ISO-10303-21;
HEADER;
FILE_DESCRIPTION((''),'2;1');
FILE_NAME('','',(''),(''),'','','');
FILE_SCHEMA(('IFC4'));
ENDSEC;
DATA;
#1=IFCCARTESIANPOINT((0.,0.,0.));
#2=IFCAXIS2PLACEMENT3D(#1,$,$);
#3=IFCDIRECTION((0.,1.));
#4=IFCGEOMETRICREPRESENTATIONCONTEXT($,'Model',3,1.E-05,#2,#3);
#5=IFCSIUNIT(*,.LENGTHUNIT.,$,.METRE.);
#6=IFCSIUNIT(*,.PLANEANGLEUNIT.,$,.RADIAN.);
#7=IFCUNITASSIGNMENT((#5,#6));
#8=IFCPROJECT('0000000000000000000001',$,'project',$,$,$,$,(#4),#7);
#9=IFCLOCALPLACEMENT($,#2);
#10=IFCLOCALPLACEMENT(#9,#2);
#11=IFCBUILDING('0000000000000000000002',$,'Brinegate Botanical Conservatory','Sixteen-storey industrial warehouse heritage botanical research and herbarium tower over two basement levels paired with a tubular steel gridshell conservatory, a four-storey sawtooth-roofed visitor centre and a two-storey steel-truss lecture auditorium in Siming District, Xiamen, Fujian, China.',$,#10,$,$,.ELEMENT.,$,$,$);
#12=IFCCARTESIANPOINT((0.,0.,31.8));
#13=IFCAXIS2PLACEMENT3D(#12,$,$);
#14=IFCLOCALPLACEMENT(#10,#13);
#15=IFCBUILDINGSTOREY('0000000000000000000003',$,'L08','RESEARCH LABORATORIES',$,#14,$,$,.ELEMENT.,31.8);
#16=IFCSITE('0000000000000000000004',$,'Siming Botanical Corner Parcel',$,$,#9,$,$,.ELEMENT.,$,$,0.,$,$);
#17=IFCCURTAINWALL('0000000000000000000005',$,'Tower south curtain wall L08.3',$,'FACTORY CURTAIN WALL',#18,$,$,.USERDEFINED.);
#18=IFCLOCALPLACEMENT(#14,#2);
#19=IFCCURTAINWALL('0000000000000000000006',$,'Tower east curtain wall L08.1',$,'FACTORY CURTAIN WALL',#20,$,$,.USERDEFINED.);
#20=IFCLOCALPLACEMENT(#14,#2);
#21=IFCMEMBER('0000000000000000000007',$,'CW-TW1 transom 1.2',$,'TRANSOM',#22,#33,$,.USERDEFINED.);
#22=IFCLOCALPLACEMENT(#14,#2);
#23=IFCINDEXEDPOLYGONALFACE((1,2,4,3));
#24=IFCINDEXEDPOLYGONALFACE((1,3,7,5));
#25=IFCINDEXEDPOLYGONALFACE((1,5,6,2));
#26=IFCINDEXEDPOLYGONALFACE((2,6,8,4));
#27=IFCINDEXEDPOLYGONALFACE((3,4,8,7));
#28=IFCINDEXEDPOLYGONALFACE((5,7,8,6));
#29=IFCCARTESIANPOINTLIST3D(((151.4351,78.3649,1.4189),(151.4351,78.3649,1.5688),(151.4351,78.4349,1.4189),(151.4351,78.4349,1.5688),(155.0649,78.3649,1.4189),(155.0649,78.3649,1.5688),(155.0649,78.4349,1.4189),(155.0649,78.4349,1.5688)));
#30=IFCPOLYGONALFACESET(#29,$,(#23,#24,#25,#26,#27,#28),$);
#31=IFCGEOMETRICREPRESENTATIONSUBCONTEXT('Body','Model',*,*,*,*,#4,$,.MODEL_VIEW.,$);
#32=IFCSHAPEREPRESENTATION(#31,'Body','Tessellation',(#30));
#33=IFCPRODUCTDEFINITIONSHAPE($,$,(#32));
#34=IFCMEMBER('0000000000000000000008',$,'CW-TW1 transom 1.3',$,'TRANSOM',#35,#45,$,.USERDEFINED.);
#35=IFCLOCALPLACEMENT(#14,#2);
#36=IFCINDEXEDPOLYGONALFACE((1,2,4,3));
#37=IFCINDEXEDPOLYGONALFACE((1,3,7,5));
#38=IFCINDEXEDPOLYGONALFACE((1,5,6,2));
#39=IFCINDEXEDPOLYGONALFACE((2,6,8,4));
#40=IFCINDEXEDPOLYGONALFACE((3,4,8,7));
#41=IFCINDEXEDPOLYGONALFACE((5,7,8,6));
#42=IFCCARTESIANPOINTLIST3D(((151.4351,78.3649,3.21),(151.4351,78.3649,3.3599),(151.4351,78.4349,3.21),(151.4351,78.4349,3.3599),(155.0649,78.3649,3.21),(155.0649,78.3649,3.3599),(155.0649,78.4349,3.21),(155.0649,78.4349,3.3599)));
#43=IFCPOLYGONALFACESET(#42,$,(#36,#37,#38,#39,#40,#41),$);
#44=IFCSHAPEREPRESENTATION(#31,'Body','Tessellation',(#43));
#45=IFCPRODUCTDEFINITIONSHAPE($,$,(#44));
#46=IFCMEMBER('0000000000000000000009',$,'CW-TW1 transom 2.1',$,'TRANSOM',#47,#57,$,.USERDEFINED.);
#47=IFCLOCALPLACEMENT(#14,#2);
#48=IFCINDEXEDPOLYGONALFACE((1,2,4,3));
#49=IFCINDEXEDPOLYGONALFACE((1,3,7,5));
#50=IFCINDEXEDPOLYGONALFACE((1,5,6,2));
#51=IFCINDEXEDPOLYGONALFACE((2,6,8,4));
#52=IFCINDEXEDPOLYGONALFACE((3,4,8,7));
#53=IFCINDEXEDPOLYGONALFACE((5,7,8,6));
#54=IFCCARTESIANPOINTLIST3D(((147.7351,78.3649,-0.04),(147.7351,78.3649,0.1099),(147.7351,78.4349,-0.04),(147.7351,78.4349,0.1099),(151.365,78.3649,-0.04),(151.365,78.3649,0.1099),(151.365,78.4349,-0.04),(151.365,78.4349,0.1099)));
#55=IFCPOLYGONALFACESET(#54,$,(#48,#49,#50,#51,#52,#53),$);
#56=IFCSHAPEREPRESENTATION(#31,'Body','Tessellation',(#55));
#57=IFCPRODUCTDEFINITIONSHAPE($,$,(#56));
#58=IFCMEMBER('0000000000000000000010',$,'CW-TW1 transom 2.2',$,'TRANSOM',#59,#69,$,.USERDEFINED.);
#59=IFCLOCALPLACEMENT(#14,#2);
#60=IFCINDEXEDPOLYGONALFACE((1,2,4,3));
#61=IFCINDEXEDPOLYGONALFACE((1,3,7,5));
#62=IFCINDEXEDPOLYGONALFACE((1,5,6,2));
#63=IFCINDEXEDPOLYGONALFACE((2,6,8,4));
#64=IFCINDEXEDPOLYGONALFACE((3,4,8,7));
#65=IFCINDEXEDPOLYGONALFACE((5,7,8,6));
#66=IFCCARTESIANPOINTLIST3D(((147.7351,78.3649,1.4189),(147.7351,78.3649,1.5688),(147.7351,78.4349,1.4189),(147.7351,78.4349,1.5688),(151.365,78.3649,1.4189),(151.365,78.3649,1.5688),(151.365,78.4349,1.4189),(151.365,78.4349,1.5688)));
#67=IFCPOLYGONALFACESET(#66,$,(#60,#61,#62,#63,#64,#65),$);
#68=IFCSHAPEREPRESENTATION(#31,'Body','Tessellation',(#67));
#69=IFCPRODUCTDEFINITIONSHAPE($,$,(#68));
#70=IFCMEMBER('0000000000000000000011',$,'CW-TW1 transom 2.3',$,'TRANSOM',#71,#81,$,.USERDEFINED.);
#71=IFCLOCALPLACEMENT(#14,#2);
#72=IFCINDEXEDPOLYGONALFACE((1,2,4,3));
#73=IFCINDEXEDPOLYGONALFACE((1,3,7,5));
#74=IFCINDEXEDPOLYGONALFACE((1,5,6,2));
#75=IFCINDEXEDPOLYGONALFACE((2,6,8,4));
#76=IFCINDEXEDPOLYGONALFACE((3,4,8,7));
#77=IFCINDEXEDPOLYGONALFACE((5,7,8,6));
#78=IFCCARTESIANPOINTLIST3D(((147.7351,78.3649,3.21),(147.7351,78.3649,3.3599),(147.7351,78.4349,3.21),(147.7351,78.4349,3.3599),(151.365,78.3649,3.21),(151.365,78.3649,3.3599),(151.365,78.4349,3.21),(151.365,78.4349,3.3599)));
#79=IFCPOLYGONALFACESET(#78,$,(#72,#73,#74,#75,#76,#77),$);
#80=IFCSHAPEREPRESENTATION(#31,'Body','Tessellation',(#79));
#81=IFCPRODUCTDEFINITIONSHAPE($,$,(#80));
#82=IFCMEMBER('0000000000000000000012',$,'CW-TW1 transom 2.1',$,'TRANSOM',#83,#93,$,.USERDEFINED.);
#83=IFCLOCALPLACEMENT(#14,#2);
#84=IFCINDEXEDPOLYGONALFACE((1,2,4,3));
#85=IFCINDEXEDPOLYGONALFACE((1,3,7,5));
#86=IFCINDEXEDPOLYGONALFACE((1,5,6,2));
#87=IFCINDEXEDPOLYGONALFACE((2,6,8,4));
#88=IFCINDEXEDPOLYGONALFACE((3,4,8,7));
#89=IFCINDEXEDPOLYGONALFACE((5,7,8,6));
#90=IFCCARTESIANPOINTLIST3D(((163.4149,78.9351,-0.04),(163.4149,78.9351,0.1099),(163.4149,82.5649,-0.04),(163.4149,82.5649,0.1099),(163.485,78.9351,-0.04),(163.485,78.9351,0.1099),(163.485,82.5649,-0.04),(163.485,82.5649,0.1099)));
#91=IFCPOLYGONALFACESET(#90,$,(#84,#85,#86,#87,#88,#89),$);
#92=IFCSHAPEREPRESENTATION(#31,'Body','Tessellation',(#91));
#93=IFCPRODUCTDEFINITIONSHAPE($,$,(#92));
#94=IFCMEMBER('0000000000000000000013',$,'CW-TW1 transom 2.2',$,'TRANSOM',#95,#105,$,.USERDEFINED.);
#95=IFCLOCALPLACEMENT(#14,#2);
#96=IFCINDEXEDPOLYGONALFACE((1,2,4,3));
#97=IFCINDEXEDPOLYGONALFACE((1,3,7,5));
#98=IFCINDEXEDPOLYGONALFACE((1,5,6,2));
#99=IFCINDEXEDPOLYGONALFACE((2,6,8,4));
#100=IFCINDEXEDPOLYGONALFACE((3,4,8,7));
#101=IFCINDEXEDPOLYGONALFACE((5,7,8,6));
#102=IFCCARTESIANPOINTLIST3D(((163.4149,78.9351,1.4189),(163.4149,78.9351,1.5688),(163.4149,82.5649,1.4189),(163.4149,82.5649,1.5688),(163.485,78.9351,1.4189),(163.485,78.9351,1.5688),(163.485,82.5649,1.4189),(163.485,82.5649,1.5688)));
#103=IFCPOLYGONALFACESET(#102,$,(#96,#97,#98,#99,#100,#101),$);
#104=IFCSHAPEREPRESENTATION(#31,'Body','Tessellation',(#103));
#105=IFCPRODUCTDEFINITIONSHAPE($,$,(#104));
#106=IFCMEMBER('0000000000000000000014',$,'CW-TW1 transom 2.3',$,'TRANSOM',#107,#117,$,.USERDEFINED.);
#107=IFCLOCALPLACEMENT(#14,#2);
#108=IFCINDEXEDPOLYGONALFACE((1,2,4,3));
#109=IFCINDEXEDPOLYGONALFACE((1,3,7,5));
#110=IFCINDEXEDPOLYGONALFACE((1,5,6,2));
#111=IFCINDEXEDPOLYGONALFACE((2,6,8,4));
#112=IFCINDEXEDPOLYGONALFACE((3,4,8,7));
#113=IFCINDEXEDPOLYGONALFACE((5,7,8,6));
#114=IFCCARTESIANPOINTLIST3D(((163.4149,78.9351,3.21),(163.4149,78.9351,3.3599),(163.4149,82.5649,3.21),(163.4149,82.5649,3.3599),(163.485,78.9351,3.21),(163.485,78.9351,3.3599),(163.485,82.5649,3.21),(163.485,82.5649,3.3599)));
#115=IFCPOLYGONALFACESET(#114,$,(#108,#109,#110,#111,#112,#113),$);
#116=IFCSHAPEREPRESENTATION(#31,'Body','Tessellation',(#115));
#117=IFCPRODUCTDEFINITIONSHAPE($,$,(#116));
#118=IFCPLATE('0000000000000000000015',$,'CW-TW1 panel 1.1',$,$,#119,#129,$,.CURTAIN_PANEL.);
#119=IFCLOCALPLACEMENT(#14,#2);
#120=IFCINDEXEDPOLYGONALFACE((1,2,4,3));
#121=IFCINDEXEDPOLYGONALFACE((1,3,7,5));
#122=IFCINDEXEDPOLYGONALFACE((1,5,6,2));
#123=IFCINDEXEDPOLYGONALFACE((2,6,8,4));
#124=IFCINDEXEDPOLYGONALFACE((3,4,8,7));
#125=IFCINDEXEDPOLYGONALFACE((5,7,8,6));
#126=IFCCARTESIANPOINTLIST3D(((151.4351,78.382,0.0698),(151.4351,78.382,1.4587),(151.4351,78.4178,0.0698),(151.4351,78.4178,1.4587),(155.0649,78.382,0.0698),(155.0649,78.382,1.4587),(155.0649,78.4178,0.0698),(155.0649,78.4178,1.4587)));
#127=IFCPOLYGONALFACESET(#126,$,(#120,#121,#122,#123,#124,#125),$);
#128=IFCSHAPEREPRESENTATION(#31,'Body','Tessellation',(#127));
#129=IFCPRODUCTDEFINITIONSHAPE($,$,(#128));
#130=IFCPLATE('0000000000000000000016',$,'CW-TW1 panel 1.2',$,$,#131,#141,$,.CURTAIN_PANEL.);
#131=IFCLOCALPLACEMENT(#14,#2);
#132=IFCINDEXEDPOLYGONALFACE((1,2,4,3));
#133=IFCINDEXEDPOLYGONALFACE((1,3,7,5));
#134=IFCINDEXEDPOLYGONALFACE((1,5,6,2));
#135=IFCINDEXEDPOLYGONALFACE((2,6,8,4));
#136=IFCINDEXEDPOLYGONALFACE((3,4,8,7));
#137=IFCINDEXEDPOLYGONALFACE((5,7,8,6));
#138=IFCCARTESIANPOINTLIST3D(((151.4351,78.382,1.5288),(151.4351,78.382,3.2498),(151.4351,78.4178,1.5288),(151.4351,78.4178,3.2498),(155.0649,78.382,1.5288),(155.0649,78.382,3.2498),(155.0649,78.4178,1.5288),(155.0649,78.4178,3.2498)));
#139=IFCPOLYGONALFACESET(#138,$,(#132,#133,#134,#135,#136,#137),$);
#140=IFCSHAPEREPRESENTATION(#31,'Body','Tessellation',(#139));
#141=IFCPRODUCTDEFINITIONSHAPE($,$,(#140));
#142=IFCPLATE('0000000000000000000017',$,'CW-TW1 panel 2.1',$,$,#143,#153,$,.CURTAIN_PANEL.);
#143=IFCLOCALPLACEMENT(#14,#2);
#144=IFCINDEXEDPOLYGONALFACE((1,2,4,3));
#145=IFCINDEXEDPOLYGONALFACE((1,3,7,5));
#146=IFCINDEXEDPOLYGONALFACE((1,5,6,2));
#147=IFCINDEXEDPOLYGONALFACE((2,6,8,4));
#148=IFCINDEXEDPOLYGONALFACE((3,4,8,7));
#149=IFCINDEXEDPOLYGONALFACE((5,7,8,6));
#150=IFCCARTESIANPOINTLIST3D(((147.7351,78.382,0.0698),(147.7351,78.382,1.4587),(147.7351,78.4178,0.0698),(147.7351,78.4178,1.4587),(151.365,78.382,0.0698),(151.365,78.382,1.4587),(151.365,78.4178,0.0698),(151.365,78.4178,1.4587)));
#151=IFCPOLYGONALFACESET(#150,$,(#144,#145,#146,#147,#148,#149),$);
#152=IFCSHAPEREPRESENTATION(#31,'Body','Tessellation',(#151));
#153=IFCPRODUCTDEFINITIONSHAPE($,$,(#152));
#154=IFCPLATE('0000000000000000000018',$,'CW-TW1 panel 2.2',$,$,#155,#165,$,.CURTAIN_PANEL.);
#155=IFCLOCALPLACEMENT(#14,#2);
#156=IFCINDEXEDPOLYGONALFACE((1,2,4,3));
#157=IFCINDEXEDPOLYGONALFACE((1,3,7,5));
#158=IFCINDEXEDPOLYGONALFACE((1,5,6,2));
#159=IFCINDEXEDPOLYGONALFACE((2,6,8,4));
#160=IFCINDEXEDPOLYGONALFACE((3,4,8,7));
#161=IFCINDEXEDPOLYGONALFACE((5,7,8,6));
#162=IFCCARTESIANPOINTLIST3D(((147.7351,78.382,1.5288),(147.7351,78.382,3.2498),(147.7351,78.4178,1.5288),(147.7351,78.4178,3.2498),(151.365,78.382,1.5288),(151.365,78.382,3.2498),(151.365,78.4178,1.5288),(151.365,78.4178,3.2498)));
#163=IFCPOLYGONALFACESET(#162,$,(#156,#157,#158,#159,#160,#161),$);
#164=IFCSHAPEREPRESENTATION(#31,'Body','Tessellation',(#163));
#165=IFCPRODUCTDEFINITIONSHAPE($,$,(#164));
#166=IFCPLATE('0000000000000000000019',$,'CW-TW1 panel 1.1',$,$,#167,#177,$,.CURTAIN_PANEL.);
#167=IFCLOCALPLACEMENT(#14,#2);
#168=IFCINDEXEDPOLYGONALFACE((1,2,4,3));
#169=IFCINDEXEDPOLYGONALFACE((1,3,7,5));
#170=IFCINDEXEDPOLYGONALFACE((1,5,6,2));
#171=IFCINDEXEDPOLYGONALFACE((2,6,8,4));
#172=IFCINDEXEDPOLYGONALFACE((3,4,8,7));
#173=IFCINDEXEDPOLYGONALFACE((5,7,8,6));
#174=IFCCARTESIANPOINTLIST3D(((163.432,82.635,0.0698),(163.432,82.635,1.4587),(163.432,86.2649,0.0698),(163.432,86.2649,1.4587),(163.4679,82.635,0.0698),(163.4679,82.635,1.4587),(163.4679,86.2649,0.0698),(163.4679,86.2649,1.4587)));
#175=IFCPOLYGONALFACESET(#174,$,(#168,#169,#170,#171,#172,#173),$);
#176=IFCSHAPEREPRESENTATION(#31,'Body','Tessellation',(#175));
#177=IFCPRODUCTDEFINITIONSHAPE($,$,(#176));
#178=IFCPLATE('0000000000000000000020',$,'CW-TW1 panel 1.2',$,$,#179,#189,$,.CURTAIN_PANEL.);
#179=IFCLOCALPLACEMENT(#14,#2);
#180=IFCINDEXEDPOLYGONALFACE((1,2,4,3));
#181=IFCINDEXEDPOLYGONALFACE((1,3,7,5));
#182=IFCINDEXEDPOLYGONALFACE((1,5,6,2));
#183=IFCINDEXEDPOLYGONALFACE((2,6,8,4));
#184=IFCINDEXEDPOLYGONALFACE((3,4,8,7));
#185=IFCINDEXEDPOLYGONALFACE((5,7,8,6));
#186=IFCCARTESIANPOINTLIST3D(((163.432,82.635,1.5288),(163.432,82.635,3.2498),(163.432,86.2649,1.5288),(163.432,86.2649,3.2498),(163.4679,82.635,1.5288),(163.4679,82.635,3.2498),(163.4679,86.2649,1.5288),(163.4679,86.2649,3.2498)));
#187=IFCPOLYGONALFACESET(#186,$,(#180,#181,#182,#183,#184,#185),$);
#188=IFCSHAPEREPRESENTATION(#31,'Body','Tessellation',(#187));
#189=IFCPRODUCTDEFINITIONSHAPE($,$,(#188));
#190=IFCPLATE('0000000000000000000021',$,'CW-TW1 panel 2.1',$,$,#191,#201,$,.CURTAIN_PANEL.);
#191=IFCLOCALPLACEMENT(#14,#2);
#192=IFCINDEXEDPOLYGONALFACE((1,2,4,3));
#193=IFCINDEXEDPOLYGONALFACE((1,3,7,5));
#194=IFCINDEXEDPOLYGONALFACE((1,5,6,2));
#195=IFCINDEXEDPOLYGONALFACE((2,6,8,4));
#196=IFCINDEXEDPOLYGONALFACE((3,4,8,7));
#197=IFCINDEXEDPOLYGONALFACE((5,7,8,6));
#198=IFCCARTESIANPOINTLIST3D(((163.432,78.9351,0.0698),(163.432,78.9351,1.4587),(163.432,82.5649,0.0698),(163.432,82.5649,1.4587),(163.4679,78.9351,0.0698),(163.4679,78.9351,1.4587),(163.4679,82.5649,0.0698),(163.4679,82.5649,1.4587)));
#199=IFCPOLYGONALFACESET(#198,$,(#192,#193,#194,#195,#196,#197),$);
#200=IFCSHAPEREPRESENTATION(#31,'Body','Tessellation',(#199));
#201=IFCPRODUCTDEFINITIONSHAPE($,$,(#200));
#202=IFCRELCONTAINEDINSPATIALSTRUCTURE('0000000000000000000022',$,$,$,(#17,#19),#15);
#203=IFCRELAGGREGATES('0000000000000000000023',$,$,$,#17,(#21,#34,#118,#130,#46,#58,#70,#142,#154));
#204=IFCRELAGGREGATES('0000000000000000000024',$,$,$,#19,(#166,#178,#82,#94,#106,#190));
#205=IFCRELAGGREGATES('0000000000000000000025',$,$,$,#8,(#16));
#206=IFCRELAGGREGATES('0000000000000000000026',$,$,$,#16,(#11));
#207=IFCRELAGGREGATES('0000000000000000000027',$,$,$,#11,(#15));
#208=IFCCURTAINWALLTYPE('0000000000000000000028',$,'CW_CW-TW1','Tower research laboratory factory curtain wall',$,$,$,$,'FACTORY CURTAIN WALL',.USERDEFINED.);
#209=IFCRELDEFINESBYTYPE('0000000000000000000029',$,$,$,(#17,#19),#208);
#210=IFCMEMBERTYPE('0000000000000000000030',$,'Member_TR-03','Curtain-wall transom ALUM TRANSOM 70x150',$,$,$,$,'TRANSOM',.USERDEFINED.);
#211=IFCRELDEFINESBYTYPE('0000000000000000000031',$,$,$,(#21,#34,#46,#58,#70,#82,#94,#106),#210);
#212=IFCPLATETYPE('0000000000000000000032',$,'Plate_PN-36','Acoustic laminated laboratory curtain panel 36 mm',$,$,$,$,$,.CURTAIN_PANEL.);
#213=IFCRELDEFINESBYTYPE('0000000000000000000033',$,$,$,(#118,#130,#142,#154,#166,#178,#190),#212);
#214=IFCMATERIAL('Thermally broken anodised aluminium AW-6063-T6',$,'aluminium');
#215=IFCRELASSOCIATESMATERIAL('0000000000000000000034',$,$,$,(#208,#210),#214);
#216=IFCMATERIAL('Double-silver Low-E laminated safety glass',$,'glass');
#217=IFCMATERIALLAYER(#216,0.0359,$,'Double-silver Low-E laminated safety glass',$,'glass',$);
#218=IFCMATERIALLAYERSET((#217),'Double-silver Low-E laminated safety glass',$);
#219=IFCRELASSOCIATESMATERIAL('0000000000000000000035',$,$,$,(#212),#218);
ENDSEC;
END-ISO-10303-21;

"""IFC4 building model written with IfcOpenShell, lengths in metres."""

from ifc_helpers import new_model, si_unit, direction, frame, origin, origin_2d, place, context, subcontext, project, spatial, rectangle, extrude, material, layer, layer_set, material_profile, profile_set, type_object, element, aggregate, save


model = new_model("IFC4")

# Units and contexts
model_context = context("Model", 3, precision=1e-05, world=origin(), true_north=direction((0.0, 1.0)))
body_context = subcontext(model_context, "Body", "Model", "MODEL_VIEW")
ifc_project = project(units=[si_unit("LENGTHUNIT", "METRE"), si_unit("PLANEANGLEUNIT", "RADIAN")], contexts=[model_context])

# Site, building, storey
site_placement = place(None, origin())
site = spatial("IfcSite", under=ifc_project, at=site_placement, Name="Siming Botanical Corner Parcel", CompositionType="ELEMENT", RefElevation=0.0)
building_placement = place(site_placement, origin())
building = spatial("IfcBuilding", under=site, at=building_placement, Name="Brinegate Botanical Conservatory", Description="Sixteen-storey industrial warehouse heritage botanical research and herbarium tower over two basement levels paired with a tubular steel gridshell conservatory, a four-storey sawtooth-roofed visitor centre and a two-storey steel-truss lecture auditorium in Siming District, Xiamen, Fujian, China.", CompositionType="ELEMENT")
storey_placement = place(building_placement, frame((0.0, 0.0, 31.8)))
storey = spatial("IfcBuildingStorey", under=building, at=storey_placement, Name="L08", Description="RESEARCH LABORATORIES", CompositionType="ELEMENT", Elevation=31.8)

# Curtain walls
ifc_material_1 = material(Name="Thermally broken anodised aluminium AW-6063-T6", Category="aluminium")
curtain_wall_type = type_object("IfcCurtainWallType", Name="CW_CW-TW1", Description="Tower research laboratory factory curtain wall", ElementType="FACTORY CURTAIN WALL", PredefinedType="USERDEFINED", material=ifc_material_1)
curtain_wall_1_placement = place(storey_placement, origin())
curtain_wall_1 = element("IfcCurtainWall", 1, at=curtain_wall_1_placement, inside=storey, type_object=curtain_wall_type, Name="Tower south curtain wall L08.3", ObjectType="FACTORY CURTAIN WALL", PredefinedType="USERDEFINED")
curtain_wall_2_placement = place(storey_placement, origin())
curtain_wall_2 = element("IfcCurtainWall", 2, at=curtain_wall_2_placement, inside=storey, type_object=curtain_wall_type, Name="Tower east curtain wall L08.1", ObjectType="FACTORY CURTAIN WALL", PredefinedType="USERDEFINED")

# Members
ifc_material_profile_1 = material_profile(ifc_material_1, rectangle(XDim=0.0701, YDim=0.1499, at=origin_2d()), Name="ALUM TRANSOM 70x150")
ifc_profile_set_1 = profile_set([ifc_material_profile_1], Name="Thermally broken anodised aluminium AW-6063-T6")
member_type_1 = type_object("IfcMemberType", Name="Member_TR-03", Description="Curtain-wall transom ALUM TRANSOM 70x150", ElementType="TRANSOM", PredefinedType="USERDEFINED", material=ifc_profile_set_1)
member_1_placement = place(storey_placement, frame((155.0649, 78.3999, 1.4939), z_axis=(-1.0, 0.0, 0.0), x_axis=(0.0, -1.0, 0.0)))
member_1 = element("IfcMember", 3, at=member_1_placement, type_object=member_type_1, Name="CW-TW1 transom 1.2", ObjectType="TRANSOM", PredefinedType="USERDEFINED", context=body_context, shape_type="SweptSolid", body=[
    extrude(rectangle(XDim=0.0701, YDim=0.1499, at=origin_2d()), origin(), (0.0, 0.0, 1.0), 3.6299),
])
member_2_placement = place(storey_placement, frame((155.0649, 78.3999, 3.2849), z_axis=(-1.0, 0.0, 0.0), x_axis=(0.0, -1.0, 0.0)))
member_2 = element("IfcMember", 4, at=member_2_placement, type_object=member_type_1, Name="CW-TW1 transom 1.3", ObjectType="TRANSOM", PredefinedType="USERDEFINED", context=body_context, shape_type="SweptSolid", body=[
    extrude(rectangle(XDim=0.0701, YDim=0.1499, at=origin_2d()), origin(), (0.0, 0.0, 1.0), 3.6299),
])
member_3_placement = place(storey_placement, frame((151.365, 78.3999, 0.0349), z_axis=(-1.0, 0.0, 0.0), x_axis=(0.0, -1.0, 0.0)))
member_3 = element("IfcMember", 5, at=member_3_placement, type_object=member_type_1, Name="CW-TW1 transom 2.1", ObjectType="TRANSOM", PredefinedType="USERDEFINED", context=body_context, shape_type="SweptSolid", body=[
    extrude(rectangle(XDim=0.0701, YDim=0.1499, at=origin_2d()), origin(), (0.0, 0.0, 1.0), 3.6299),
])
member_4_placement = place(storey_placement, frame((151.365, 78.3999, 1.4939), z_axis=(-1.0, 0.0, 0.0), x_axis=(0.0, -1.0, 0.0)))
member_4 = element("IfcMember", 6, at=member_4_placement, type_object=member_type_1, Name="CW-TW1 transom 2.2", ObjectType="TRANSOM", PredefinedType="USERDEFINED", context=body_context, shape_type="SweptSolid", body=[
    extrude(rectangle(XDim=0.0701, YDim=0.1499, at=origin_2d()), origin(), (0.0, 0.0, 1.0), 3.6299),
])
member_5_placement = place(storey_placement, frame((151.365, 78.3999, 3.2849), z_axis=(-1.0, 0.0, 0.0), x_axis=(0.0, -1.0, 0.0)))
member_5 = element("IfcMember", 7, at=member_5_placement, type_object=member_type_1, Name="CW-TW1 transom 2.3", ObjectType="TRANSOM", PredefinedType="USERDEFINED", context=body_context, shape_type="SweptSolid", body=[
    extrude(rectangle(XDim=0.0701, YDim=0.1499, at=origin_2d()), origin(), (0.0, 0.0, 1.0), 3.6299),
])
member_6_placement = place(storey_placement, frame((163.45, 82.5649, 0.0349), z_axis=(0.0, -1.0, 0.0), x_axis=(1.0, 0.0, 0.0)))
member_6 = element("IfcMember", 8, at=member_6_placement, type_object=member_type_1, Name="CW-TW1 transom 2.1", ObjectType="TRANSOM", PredefinedType="USERDEFINED", context=body_context, shape_type="SweptSolid", body=[
    extrude(rectangle(XDim=0.0701, YDim=0.1499, at=origin_2d()), origin(), (0.0, 0.0, 1.0), 3.6299),
])
member_7_placement = place(storey_placement, frame((163.45, 82.5649, 1.4939), z_axis=(0.0, -1.0, 0.0), x_axis=(1.0, 0.0, 0.0)))
member_7 = element("IfcMember", 9, at=member_7_placement, type_object=member_type_1, Name="CW-TW1 transom 2.2", ObjectType="TRANSOM", PredefinedType="USERDEFINED", context=body_context, shape_type="SweptSolid", body=[
    extrude(rectangle(XDim=0.0701, YDim=0.1499, at=origin_2d()), origin(), (0.0, 0.0, 1.0), 3.6299),
])
member_8_placement = place(storey_placement, frame((163.45, 82.5649, 3.2849), z_axis=(0.0, -1.0, 0.0), x_axis=(1.0, 0.0, 0.0)))
member_8 = element("IfcMember", 10, at=member_8_placement, type_object=member_type_1, Name="CW-TW1 transom 2.3", ObjectType="TRANSOM", PredefinedType="USERDEFINED", context=body_context, shape_type="SweptSolid", body=[
    extrude(rectangle(XDim=0.0701, YDim=0.1499, at=origin_2d()), origin(), (0.0, 0.0, 1.0), 3.6299),
])

# Plates
ifc_material_2 = material(Name="Double-silver Low-E laminated safety glass", Category="glass")
ifc_layer_1 = layer(ifc_material_2, 0.0359, Name="Double-silver Low-E laminated safety glass", Category="glass")
ifc_layer_set_1 = layer_set([ifc_layer_1], Name="Double-silver Low-E laminated safety glass")
plate_type = type_object("IfcPlateType", Name="Plate_PN-36", Description="Acoustic laminated laboratory curtain panel 36 mm", PredefinedType="CURTAIN_PANEL", material=ifc_layer_set_1)
plate_1_placement = place(storey_placement, frame((153.25, 78.3999, 0.0698), z_axis=(0.0, 0.0, 1.0), x_axis=(-1.0, 0.0, 0.0)))
plate_1 = element("IfcPlate", 11, at=plate_1_placement, type_object=plate_type, Name="CW-TW1 panel 1.1", PredefinedType="CURTAIN_PANEL", context=body_context, shape_type="SweptSolid", body=[
    extrude(rectangle(XDim=3.6299, YDim=0.0359, at=origin_2d()), origin(), (0.0, 0.0, 1.0), 1.3889),
])
plate_2_placement = place(storey_placement, frame((153.25, 78.3999, 1.5288), z_axis=(0.0, 0.0, 1.0), x_axis=(-1.0, 0.0, 0.0)))
plate_2 = element("IfcPlate", 12, at=plate_2_placement, type_object=plate_type, Name="CW-TW1 panel 1.2", PredefinedType="CURTAIN_PANEL", context=body_context, shape_type="SweptSolid", body=[
    extrude(rectangle(XDim=3.6299, YDim=0.0359, at=origin_2d()), origin(), (0.0, 0.0, 1.0), 1.7209),
])
plate_3_placement = place(storey_placement, frame((149.55, 78.3999, 0.0698), z_axis=(0.0, 0.0, 1.0), x_axis=(-1.0, 0.0, 0.0)))
plate_3 = element("IfcPlate", 13, at=plate_3_placement, type_object=plate_type, Name="CW-TW1 panel 2.1", PredefinedType="CURTAIN_PANEL", context=body_context, shape_type="SweptSolid", body=[
    extrude(rectangle(XDim=3.6299, YDim=0.0359, at=origin_2d()), origin(), (0.0, 0.0, 1.0), 1.3889),
])
plate_4_placement = place(storey_placement, frame((149.55, 78.3999, 1.5288), z_axis=(0.0, 0.0, 1.0), x_axis=(-1.0, 0.0, 0.0)))
plate_4 = element("IfcPlate", 14, at=plate_4_placement, type_object=plate_type, Name="CW-TW1 panel 2.2", PredefinedType="CURTAIN_PANEL", context=body_context, shape_type="SweptSolid", body=[
    extrude(rectangle(XDim=3.6299, YDim=0.0359, at=origin_2d()), origin(), (0.0, 0.0, 1.0), 1.7209),
])
aggregate(curtain_wall_1, [member_1, member_2, plate_1, plate_2, member_3, member_4, member_5, plate_3, plate_4])
plate_5_placement = place(storey_placement, frame((163.45, 84.45, 0.0698), z_axis=(0.0, 0.0, 1.0), x_axis=(0.0, -1.0, 0.0)))
plate_5 = element("IfcPlate", 15, at=plate_5_placement, type_object=plate_type, Name="CW-TW1 panel 1.1", PredefinedType="CURTAIN_PANEL", context=body_context, shape_type="SweptSolid", body=[
    extrude(rectangle(XDim=3.6299, YDim=0.0359, at=origin_2d()), origin(), (0.0, 0.0, 1.0), 1.3889),
])
plate_6_placement = place(storey_placement, frame((163.45, 84.45, 1.5288), z_axis=(0.0, 0.0, 1.0), x_axis=(0.0, -1.0, 0.0)))
plate_6 = element("IfcPlate", 16, at=plate_6_placement, type_object=plate_type, Name="CW-TW1 panel 1.2", PredefinedType="CURTAIN_PANEL", context=body_context, shape_type="SweptSolid", body=[
    extrude(rectangle(XDim=3.6299, YDim=0.0359, at=origin_2d()), origin(), (0.0, 0.0, 1.0), 1.7209),
])
plate_7_placement = place(storey_placement, frame((163.45, 80.75, 0.0698), z_axis=(0.0, 0.0, 1.0), x_axis=(0.0, -1.0, 0.0)))
plate_7 = element("IfcPlate", 17, at=plate_7_placement, type_object=plate_type, Name="CW-TW1 panel 2.1", PredefinedType="CURTAIN_PANEL", context=body_context, shape_type="SweptSolid", body=[
    extrude(rectangle(XDim=3.6299, YDim=0.0359, at=origin_2d()), origin(), (0.0, 0.0, 1.0), 1.3889),
])
aggregate(curtain_wall_2, [plate_5, plate_6, member_6, member_7, member_8, plate_7])

save(model, "model.ifc")
